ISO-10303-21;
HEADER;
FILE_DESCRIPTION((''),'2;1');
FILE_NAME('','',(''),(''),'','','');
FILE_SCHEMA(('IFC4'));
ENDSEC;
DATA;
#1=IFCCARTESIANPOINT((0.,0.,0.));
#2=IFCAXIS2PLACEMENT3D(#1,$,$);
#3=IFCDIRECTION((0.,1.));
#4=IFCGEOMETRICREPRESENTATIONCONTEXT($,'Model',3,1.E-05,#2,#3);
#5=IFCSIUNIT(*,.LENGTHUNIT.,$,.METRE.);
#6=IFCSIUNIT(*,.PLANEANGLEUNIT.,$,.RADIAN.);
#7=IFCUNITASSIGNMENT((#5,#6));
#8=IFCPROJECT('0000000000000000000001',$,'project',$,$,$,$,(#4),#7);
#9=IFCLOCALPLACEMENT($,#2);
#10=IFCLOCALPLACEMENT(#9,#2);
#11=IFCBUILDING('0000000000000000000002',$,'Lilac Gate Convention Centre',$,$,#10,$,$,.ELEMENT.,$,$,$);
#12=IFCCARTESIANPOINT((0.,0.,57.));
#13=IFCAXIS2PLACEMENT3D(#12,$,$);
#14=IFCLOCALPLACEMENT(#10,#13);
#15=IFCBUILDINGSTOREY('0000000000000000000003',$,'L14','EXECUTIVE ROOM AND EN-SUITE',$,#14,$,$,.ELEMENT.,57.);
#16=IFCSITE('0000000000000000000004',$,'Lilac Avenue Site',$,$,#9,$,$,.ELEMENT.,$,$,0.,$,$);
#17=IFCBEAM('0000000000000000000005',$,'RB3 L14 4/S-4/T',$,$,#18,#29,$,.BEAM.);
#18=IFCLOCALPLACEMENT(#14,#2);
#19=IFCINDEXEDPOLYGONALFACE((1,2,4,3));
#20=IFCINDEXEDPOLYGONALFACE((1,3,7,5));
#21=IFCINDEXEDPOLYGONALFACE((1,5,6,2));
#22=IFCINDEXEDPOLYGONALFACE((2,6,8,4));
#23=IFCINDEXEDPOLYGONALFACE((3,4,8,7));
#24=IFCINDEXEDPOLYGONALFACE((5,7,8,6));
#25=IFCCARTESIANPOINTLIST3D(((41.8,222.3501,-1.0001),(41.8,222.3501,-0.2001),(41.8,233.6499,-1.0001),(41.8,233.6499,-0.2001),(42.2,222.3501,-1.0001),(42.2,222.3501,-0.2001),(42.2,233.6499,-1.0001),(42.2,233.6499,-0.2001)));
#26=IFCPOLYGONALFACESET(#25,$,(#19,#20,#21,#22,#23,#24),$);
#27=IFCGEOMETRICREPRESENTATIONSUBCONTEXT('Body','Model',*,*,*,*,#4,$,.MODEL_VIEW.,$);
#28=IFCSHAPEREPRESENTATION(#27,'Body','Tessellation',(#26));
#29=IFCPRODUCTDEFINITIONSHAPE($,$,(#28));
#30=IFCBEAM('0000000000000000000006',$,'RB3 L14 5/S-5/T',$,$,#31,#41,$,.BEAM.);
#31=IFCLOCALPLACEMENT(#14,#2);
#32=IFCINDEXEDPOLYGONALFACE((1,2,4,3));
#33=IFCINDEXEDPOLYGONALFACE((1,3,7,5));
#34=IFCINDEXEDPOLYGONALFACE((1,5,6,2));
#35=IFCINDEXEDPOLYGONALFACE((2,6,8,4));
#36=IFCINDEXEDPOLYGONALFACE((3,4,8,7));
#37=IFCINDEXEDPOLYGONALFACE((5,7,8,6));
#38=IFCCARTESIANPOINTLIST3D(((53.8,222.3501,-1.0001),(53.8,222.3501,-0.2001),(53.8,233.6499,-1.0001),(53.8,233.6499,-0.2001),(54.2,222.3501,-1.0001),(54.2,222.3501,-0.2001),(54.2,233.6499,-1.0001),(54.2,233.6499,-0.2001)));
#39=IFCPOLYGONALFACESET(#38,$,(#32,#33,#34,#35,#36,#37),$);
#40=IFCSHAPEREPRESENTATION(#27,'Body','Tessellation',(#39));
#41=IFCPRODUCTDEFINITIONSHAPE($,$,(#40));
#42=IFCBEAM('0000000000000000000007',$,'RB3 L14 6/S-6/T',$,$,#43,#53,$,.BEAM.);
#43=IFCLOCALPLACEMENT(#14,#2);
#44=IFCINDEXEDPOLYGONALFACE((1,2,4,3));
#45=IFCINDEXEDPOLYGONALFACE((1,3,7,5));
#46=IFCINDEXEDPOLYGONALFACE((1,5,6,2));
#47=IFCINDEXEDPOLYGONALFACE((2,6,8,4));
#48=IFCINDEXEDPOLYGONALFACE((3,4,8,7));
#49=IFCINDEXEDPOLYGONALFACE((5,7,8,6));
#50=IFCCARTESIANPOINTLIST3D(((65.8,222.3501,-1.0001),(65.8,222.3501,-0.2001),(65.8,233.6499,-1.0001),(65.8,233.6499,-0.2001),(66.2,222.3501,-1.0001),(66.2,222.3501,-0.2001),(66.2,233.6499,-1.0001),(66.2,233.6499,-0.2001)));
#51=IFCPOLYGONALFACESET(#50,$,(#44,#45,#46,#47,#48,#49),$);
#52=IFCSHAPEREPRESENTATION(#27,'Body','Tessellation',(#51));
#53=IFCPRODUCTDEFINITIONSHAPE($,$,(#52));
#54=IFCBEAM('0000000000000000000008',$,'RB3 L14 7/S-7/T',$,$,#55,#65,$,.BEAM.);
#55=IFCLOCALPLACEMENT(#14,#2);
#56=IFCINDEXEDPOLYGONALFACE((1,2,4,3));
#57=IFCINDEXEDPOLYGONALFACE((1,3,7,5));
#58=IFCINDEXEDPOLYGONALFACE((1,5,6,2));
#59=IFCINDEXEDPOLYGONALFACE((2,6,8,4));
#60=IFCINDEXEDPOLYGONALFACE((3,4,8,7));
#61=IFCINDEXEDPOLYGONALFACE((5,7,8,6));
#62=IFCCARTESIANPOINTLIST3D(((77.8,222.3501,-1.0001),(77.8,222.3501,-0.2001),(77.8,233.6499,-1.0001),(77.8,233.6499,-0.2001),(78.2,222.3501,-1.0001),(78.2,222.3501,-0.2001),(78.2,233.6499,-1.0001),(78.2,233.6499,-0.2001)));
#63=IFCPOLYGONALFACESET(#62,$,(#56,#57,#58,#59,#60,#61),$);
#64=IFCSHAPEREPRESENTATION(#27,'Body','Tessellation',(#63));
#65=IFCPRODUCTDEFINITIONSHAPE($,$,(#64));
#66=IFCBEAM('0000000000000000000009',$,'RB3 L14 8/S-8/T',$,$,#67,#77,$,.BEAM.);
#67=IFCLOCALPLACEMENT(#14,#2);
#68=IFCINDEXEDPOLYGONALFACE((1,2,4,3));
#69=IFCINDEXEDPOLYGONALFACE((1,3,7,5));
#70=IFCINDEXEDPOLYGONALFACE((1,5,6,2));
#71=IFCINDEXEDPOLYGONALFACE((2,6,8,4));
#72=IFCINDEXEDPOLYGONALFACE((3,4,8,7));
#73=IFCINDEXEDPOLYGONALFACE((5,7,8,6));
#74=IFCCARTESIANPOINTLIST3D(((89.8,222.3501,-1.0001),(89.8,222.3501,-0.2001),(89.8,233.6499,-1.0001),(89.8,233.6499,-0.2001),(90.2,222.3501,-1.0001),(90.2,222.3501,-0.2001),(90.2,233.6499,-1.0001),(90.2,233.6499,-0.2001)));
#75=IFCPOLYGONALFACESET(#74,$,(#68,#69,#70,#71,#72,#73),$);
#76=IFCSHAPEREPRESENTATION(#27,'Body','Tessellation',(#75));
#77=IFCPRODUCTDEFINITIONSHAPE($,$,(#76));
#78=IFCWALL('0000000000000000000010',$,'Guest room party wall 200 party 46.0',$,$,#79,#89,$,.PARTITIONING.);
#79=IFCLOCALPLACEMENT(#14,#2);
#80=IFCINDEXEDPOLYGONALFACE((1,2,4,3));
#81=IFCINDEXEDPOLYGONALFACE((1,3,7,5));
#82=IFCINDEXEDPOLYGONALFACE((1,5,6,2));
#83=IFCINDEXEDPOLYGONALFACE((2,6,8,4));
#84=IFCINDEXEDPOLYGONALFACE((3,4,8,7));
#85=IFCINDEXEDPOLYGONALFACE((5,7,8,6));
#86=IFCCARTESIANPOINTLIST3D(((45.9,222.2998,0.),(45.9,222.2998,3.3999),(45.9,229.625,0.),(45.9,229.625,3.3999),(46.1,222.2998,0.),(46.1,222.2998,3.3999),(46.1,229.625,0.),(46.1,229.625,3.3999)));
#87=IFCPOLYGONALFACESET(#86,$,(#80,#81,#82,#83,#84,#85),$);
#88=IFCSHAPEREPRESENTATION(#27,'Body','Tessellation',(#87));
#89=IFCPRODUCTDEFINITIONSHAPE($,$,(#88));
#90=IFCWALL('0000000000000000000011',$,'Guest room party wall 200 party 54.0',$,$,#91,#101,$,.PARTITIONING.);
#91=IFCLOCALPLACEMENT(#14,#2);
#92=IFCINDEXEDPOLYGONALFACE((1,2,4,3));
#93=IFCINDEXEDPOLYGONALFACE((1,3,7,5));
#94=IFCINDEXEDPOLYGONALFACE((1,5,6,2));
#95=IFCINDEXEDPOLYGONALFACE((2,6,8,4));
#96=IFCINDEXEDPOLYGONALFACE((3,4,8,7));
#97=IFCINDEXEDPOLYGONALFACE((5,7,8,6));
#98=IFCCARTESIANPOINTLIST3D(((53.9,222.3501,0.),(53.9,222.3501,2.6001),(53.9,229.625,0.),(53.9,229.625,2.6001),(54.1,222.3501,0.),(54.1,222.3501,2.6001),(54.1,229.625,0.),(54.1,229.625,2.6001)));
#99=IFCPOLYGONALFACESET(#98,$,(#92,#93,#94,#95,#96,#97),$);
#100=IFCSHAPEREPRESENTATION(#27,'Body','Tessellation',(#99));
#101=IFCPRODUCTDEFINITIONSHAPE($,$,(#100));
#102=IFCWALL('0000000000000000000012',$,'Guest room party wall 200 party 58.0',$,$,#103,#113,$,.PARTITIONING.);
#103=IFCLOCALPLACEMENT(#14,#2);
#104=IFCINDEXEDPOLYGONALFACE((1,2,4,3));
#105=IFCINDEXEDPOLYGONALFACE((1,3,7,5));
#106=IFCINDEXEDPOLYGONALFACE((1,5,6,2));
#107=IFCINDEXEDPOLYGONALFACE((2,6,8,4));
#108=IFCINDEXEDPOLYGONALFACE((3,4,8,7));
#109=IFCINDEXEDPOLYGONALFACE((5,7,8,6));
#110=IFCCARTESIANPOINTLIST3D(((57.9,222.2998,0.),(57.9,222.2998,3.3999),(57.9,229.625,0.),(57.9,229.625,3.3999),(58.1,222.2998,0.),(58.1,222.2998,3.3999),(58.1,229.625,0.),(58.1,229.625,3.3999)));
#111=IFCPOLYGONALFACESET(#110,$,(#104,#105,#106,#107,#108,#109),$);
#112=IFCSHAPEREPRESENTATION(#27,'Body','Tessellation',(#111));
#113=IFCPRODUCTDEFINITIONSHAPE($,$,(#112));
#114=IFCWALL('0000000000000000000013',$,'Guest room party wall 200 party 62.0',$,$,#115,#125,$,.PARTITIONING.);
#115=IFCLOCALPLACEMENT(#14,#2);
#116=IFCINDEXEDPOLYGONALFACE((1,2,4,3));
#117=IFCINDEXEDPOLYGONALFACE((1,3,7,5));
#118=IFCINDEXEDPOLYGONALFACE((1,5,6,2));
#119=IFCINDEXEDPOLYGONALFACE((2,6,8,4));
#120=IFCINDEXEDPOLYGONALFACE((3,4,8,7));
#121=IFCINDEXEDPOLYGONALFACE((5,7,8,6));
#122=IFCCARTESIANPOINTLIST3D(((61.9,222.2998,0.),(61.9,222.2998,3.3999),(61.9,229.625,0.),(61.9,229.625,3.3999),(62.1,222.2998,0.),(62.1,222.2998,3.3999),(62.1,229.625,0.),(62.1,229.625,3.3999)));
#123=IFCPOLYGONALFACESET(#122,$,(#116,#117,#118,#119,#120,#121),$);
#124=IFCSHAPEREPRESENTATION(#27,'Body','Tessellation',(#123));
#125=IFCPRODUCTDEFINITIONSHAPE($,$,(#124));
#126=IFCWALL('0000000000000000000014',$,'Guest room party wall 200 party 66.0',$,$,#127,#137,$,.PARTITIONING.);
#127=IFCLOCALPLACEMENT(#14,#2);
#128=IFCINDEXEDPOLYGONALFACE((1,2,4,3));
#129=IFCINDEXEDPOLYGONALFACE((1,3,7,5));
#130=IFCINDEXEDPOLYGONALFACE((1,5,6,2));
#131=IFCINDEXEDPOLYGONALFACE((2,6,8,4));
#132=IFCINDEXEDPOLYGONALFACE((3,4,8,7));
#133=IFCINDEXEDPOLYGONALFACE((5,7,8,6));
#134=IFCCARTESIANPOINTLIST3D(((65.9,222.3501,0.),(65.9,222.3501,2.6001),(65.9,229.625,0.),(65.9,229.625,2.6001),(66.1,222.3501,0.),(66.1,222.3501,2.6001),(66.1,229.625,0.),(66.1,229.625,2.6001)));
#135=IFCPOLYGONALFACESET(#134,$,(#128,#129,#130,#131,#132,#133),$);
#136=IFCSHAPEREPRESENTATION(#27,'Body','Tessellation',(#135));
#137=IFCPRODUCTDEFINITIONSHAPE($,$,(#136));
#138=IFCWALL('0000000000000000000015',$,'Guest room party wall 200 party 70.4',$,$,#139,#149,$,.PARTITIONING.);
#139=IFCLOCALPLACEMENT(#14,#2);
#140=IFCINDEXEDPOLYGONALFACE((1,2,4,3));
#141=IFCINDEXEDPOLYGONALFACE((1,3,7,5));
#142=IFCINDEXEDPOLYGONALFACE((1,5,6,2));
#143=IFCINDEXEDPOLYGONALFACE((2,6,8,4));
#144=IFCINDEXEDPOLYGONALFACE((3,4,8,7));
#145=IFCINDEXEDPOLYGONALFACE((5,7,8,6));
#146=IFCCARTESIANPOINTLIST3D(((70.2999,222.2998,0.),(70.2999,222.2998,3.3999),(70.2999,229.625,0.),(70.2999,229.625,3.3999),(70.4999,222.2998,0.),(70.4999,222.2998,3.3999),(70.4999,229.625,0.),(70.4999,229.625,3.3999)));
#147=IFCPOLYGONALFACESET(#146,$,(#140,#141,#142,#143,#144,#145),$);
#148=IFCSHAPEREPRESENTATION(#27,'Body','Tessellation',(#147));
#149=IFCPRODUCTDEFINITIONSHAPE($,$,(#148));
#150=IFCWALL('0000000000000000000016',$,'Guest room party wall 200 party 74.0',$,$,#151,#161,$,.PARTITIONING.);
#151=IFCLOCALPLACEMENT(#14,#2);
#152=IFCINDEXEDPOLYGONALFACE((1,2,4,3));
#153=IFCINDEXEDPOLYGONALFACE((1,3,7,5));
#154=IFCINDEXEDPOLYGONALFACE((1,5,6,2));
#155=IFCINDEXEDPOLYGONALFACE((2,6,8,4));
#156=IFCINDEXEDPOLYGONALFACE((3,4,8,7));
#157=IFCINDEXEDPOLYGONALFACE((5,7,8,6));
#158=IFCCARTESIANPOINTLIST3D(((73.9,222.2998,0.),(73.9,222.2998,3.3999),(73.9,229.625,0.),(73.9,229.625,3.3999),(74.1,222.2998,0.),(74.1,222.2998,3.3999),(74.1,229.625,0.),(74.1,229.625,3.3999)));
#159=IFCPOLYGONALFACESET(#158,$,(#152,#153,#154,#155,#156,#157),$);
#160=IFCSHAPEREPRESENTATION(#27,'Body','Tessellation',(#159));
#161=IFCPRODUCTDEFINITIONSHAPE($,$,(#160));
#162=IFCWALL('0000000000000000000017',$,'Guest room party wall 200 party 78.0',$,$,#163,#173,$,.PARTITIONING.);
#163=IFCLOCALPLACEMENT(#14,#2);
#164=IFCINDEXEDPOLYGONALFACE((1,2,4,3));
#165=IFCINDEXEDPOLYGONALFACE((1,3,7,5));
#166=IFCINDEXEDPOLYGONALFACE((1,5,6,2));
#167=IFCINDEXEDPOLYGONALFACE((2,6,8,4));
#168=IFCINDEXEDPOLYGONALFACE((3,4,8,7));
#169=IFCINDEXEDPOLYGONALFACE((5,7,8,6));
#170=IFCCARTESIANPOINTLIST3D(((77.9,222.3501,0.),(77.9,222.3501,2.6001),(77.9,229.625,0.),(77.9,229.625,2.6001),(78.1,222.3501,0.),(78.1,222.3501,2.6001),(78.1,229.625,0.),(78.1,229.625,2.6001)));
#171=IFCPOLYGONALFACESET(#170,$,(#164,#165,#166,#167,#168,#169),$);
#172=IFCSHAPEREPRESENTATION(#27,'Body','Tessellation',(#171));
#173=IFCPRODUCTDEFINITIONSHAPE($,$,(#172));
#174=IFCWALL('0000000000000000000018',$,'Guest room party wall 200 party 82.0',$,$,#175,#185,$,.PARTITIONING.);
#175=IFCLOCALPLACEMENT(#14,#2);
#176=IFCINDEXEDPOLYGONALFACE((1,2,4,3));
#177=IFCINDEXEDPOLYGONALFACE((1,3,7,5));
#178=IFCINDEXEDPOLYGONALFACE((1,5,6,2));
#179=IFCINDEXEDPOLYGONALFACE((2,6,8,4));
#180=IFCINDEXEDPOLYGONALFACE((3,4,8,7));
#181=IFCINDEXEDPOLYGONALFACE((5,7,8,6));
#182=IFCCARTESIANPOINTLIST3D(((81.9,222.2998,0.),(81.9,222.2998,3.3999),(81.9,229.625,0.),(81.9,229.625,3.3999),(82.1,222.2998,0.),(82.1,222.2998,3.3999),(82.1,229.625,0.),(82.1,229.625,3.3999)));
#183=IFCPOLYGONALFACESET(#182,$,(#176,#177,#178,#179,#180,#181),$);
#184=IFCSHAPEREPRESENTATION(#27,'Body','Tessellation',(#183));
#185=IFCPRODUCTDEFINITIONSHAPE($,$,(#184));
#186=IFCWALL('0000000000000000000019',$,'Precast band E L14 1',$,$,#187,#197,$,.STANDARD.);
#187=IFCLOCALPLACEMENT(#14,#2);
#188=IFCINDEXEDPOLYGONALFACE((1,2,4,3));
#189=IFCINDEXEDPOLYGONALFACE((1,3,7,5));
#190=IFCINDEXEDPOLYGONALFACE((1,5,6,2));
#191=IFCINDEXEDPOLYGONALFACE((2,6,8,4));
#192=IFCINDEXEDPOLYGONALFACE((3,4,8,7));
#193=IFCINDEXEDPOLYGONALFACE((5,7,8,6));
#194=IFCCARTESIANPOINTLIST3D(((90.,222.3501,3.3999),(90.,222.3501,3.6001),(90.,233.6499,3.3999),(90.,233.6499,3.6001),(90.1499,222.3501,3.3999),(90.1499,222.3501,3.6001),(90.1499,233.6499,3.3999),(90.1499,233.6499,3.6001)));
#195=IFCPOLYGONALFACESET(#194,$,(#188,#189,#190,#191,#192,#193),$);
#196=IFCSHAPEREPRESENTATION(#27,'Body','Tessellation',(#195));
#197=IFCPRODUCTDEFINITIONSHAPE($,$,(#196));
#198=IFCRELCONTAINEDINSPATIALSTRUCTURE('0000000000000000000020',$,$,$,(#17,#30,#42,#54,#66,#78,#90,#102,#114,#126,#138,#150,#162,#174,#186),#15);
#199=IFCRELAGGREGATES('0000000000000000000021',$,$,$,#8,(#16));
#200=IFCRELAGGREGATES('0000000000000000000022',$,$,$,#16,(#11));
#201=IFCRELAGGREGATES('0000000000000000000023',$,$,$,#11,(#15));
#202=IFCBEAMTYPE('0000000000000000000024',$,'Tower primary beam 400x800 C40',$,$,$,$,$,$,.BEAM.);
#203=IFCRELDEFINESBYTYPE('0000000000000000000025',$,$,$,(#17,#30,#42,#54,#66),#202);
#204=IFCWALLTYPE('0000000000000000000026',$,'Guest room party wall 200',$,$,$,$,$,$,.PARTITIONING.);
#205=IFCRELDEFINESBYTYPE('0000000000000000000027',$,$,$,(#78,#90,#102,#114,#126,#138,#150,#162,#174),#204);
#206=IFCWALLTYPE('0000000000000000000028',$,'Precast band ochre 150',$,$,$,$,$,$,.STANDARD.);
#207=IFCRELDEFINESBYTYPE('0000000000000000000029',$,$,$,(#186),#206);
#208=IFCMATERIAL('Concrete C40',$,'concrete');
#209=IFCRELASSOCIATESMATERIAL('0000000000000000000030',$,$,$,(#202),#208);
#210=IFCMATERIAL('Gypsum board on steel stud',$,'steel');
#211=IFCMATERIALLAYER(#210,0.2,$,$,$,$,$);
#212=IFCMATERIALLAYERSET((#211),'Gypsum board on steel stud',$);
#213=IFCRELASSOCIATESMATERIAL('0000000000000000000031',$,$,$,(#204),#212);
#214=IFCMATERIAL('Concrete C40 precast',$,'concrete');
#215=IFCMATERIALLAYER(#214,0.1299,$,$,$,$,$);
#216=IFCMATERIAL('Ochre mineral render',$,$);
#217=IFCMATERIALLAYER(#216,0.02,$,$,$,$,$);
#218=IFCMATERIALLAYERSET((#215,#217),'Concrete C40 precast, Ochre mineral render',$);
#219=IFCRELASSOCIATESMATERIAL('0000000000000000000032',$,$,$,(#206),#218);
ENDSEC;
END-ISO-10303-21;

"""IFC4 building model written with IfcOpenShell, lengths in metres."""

from ifc_helpers import new_model, si_unit, direction, frame, frame_2d, origin, origin_2d, place, context, subcontext, project, spatial, rectangle, extrude, material, layer, layer_set, material_profile, profile_set, type_object, element, save


model = new_model("IFC4")

# Units and contexts
model_context = context("Model", 3, precision=1e-05, world=origin(), true_north=direction((0.0, 1.0)))
body_context = subcontext(model_context, "Body", "Model", "MODEL_VIEW")
ifc_project = project(units=[si_unit("LENGTHUNIT", "METRE"), si_unit("PLANEANGLEUNIT", "RADIAN")], contexts=[model_context])

# Site, building, storey
site_placement = place(None, origin())
site = spatial("IfcSite", under=ifc_project, at=site_placement, Name="Lilac Avenue Site", CompositionType="ELEMENT", RefElevation=0.0)
building_placement = place(site_placement, origin())
building = spatial("IfcBuilding", under=site, at=building_placement, Name="Lilac Gate Convention Centre", CompositionType="ELEMENT")
storey_placement = place(building_placement, frame((0.0, 0.0, 57.0)))
storey = spatial("IfcBuildingStorey", under=building, at=storey_placement, Name="L14", Description="EXECUTIVE ROOM AND EN-SUITE", CompositionType="ELEMENT", Elevation=57.0)

# Beams
ifc_material_1 = material(Name="Concrete C40", Category="concrete")
ifc_material_profile = material_profile(ifc_material_1, rectangle(XDim=0.3999, YDim=0.8, at=origin_2d()), Name="RC 400x800")
ifc_profile_set = profile_set([ifc_material_profile], Name="Concrete C40")
beam_type = type_object("IfcBeamType", Name="Tower primary beam 400x800 C40", PredefinedType="BEAM", material=ifc_profile_set)
for number, where, z_axis, x_axis, name in (
    (1, (42.0, 222.3501, -0.6001), (0.0, 1.0, 0.0), (-1.0, 0.0, 0.0), "RB3 L14 4/S-4/T"),
    (2, (54.0, 222.3501, -0.6001), (0.0, 1.0, 0.0), (-1.0, 0.0, 0.0), "RB3 L14 5/S-5/T"),
    (3, (66.0, 222.3501, -0.6001), (0.0, 1.0, 0.0), (-1.0, 0.0, 0.0), "RB3 L14 6/S-6/T"),
    (4, (78.0, 222.3501, -0.6001), (0.0, 1.0, 0.0), (-1.0, 0.0, 0.0), "RB3 L14 7/S-7/T"),
    (5, (90.0, 222.3501, -0.6001), (0.0, 1.0, 0.0), (-1.0, 0.0, 0.0), "RB3 L14 8/S-8/T"),
):
    element("IfcBeam", number, at=place(storey_placement, frame(where, z_axis=z_axis, x_axis=x_axis)), inside=storey, type_object=beam_type, Name=name, PredefinedType="BEAM", context=body_context, shape_type="SweptSolid", body=[
        extrude(rectangle(XDim=0.3999, YDim=0.8, at=origin_2d()), origin(), (0.0, 0.0, 1.0), 11.2998),
    ])

# Walls
ifc_material_2 = material(Name="Gypsum board on steel stud", Category="steel")
ifc_layer_1 = layer(ifc_material_2, 0.2)
ifc_layer_set_1 = layer_set([ifc_layer_1], Name="Gypsum board on steel stud")
wall_type_1 = type_object("IfcWallType", Name="Guest room party wall 200", PredefinedType="PARTITIONING", material=ifc_layer_set_1)
wall_1_placement = place(storey_placement, frame((46.0, 222.2998, 0.0), z_axis=(0.0, 0.0, 1.0), x_axis=(0.0, 1.0, 0.0)))
element("IfcWall", 6, at=wall_1_placement, inside=storey, type_object=wall_type_1, Name="Guest room party wall 200 party 46.0", PredefinedType="PARTITIONING", context=body_context, shape_type="SweptSolid", body=[
    extrude(rectangle(XDim=7.3252, YDim=0.2, at=frame_2d((3.6626, 0.0))), origin(), (0.0, 0.0, 1.0), 3.3999),
])
wall_2_placement = place(storey_placement, frame((54.0, 222.3501, 0.0), z_axis=(0.0, 0.0, 1.0), x_axis=(0.0, 1.0, 0.0)))
element("IfcWall", 7, at=wall_2_placement, inside=storey, type_object=wall_type_1, Name="Guest room party wall 200 party 54.0", PredefinedType="PARTITIONING", context=body_context, shape_type="SweptSolid", body=[
    extrude(rectangle(XDim=7.2749, YDim=0.2, at=frame_2d((3.6375, 0.0))), origin(), (0.0, 0.0, 1.0), 2.6001),
])
for number, where, z_axis, x_axis, name in (
    (8, (58.0, 222.2998, 0.0), (0.0, 0.0, 1.0), (0.0, 1.0, 0.0), "Guest room party wall 200 party 58.0"),
    (9, (62.0, 222.2998, 0.0), (0.0, 0.0, 1.0), (0.0, 1.0, 0.0), "Guest room party wall 200 party 62.0"),
):
    element("IfcWall", number, at=place(storey_placement, frame(where, z_axis=z_axis, x_axis=x_axis)), inside=storey, type_object=wall_type_1, Name=name, PredefinedType="PARTITIONING", context=body_context, shape_type="SweptSolid", body=[
        extrude(rectangle(XDim=7.3252, YDim=0.2, at=frame_2d((3.6626, 0.0))), origin(), (0.0, 0.0, 1.0), 3.3999),
    ])
wall_3_placement = place(storey_placement, frame((66.0, 222.3501, 0.0), z_axis=(0.0, 0.0, 1.0), x_axis=(0.0, 1.0, 0.0)))
element("IfcWall", 10, at=wall_3_placement, inside=storey, type_object=wall_type_1, Name="Guest room party wall 200 party 66.0", PredefinedType="PARTITIONING", context=body_context, shape_type="SweptSolid", body=[
    extrude(rectangle(XDim=7.2749, YDim=0.2, at=frame_2d((3.6375, 0.0))), origin(), (0.0, 0.0, 1.0), 2.6001),
])
for number, where, z_axis, x_axis, name in (
    (11, (70.3999, 222.2998, 0.0), (0.0, 0.0, 1.0), (0.0, 1.0, 0.0), "Guest room party wall 200 party 70.4"),
    (12, (74.0, 222.2998, 0.0), (0.0, 0.0, 1.0), (0.0, 1.0, 0.0), "Guest room party wall 200 party 74.0"),
):
    element("IfcWall", number, at=place(storey_placement, frame(where, z_axis=z_axis, x_axis=x_axis)), inside=storey, type_object=wall_type_1, Name=name, PredefinedType="PARTITIONING", context=body_context, shape_type="SweptSolid", body=[
        extrude(rectangle(XDim=7.3252, YDim=0.2, at=frame_2d((3.6626, 0.0))), origin(), (0.0, 0.0, 1.0), 3.3999),
    ])
wall_4_placement = place(storey_placement, frame((78.0, 222.3501, 0.0), z_axis=(0.0, 0.0, 1.0), x_axis=(0.0, 1.0, 0.0)))
element("IfcWall", 13, at=wall_4_placement, inside=storey, type_object=wall_type_1, Name="Guest room party wall 200 party 78.0", PredefinedType="PARTITIONING", context=body_context, shape_type="SweptSolid", body=[
    extrude(rectangle(XDim=7.2749, YDim=0.2, at=frame_2d((3.6375, 0.0))), origin(), (0.0, 0.0, 1.0), 2.6001),
])
wall_5_placement = place(storey_placement, frame((82.0, 222.2998, 0.0), z_axis=(0.0, 0.0, 1.0), x_axis=(0.0, 1.0, 0.0)))
element("IfcWall", 14, at=wall_5_placement, inside=storey, type_object=wall_type_1, Name="Guest room party wall 200 party 82.0", PredefinedType="PARTITIONING", context=body_context, shape_type="SweptSolid", body=[
    extrude(rectangle(XDim=7.3252, YDim=0.2, at=frame_2d((3.6626, 0.0))), origin(), (0.0, 0.0, 1.0), 3.3999),
])
ifc_material_3 = material(Name="Concrete C40 precast", Category="concrete")
ifc_layer_2 = layer(ifc_material_3, 0.1299)
ifc_material_4 = material(Name="Ochre mineral render")
ifc_layer_3 = layer(ifc_material_4, 0.02)
ifc_layer_set_2 = layer_set([ifc_layer_2, ifc_layer_3], Name="Concrete C40 precast, Ochre mineral render")
wall_type_2 = type_object("IfcWallType", Name="Precast band ochre 150", PredefinedType="STANDARD", material=ifc_layer_set_2)
wall_6_placement = place(storey_placement, frame((90.075, 222.3501, 3.3999), z_axis=(0.0, 0.0, 1.0), x_axis=(0.0, 1.0, 0.0)))
element("IfcWall", 15, at=wall_6_placement, inside=storey, type_object=wall_type_2, Name="Precast band E L14 1", PredefinedType="STANDARD", context=body_context, shape_type="SweptSolid", body=[
    extrude(rectangle(XDim=11.2998, YDim=0.1499, at=frame_2d((5.6499, 0.0))), origin(), (0.0, 0.0, 1.0), 0.2002),
])

save(model, "model.ifc")
